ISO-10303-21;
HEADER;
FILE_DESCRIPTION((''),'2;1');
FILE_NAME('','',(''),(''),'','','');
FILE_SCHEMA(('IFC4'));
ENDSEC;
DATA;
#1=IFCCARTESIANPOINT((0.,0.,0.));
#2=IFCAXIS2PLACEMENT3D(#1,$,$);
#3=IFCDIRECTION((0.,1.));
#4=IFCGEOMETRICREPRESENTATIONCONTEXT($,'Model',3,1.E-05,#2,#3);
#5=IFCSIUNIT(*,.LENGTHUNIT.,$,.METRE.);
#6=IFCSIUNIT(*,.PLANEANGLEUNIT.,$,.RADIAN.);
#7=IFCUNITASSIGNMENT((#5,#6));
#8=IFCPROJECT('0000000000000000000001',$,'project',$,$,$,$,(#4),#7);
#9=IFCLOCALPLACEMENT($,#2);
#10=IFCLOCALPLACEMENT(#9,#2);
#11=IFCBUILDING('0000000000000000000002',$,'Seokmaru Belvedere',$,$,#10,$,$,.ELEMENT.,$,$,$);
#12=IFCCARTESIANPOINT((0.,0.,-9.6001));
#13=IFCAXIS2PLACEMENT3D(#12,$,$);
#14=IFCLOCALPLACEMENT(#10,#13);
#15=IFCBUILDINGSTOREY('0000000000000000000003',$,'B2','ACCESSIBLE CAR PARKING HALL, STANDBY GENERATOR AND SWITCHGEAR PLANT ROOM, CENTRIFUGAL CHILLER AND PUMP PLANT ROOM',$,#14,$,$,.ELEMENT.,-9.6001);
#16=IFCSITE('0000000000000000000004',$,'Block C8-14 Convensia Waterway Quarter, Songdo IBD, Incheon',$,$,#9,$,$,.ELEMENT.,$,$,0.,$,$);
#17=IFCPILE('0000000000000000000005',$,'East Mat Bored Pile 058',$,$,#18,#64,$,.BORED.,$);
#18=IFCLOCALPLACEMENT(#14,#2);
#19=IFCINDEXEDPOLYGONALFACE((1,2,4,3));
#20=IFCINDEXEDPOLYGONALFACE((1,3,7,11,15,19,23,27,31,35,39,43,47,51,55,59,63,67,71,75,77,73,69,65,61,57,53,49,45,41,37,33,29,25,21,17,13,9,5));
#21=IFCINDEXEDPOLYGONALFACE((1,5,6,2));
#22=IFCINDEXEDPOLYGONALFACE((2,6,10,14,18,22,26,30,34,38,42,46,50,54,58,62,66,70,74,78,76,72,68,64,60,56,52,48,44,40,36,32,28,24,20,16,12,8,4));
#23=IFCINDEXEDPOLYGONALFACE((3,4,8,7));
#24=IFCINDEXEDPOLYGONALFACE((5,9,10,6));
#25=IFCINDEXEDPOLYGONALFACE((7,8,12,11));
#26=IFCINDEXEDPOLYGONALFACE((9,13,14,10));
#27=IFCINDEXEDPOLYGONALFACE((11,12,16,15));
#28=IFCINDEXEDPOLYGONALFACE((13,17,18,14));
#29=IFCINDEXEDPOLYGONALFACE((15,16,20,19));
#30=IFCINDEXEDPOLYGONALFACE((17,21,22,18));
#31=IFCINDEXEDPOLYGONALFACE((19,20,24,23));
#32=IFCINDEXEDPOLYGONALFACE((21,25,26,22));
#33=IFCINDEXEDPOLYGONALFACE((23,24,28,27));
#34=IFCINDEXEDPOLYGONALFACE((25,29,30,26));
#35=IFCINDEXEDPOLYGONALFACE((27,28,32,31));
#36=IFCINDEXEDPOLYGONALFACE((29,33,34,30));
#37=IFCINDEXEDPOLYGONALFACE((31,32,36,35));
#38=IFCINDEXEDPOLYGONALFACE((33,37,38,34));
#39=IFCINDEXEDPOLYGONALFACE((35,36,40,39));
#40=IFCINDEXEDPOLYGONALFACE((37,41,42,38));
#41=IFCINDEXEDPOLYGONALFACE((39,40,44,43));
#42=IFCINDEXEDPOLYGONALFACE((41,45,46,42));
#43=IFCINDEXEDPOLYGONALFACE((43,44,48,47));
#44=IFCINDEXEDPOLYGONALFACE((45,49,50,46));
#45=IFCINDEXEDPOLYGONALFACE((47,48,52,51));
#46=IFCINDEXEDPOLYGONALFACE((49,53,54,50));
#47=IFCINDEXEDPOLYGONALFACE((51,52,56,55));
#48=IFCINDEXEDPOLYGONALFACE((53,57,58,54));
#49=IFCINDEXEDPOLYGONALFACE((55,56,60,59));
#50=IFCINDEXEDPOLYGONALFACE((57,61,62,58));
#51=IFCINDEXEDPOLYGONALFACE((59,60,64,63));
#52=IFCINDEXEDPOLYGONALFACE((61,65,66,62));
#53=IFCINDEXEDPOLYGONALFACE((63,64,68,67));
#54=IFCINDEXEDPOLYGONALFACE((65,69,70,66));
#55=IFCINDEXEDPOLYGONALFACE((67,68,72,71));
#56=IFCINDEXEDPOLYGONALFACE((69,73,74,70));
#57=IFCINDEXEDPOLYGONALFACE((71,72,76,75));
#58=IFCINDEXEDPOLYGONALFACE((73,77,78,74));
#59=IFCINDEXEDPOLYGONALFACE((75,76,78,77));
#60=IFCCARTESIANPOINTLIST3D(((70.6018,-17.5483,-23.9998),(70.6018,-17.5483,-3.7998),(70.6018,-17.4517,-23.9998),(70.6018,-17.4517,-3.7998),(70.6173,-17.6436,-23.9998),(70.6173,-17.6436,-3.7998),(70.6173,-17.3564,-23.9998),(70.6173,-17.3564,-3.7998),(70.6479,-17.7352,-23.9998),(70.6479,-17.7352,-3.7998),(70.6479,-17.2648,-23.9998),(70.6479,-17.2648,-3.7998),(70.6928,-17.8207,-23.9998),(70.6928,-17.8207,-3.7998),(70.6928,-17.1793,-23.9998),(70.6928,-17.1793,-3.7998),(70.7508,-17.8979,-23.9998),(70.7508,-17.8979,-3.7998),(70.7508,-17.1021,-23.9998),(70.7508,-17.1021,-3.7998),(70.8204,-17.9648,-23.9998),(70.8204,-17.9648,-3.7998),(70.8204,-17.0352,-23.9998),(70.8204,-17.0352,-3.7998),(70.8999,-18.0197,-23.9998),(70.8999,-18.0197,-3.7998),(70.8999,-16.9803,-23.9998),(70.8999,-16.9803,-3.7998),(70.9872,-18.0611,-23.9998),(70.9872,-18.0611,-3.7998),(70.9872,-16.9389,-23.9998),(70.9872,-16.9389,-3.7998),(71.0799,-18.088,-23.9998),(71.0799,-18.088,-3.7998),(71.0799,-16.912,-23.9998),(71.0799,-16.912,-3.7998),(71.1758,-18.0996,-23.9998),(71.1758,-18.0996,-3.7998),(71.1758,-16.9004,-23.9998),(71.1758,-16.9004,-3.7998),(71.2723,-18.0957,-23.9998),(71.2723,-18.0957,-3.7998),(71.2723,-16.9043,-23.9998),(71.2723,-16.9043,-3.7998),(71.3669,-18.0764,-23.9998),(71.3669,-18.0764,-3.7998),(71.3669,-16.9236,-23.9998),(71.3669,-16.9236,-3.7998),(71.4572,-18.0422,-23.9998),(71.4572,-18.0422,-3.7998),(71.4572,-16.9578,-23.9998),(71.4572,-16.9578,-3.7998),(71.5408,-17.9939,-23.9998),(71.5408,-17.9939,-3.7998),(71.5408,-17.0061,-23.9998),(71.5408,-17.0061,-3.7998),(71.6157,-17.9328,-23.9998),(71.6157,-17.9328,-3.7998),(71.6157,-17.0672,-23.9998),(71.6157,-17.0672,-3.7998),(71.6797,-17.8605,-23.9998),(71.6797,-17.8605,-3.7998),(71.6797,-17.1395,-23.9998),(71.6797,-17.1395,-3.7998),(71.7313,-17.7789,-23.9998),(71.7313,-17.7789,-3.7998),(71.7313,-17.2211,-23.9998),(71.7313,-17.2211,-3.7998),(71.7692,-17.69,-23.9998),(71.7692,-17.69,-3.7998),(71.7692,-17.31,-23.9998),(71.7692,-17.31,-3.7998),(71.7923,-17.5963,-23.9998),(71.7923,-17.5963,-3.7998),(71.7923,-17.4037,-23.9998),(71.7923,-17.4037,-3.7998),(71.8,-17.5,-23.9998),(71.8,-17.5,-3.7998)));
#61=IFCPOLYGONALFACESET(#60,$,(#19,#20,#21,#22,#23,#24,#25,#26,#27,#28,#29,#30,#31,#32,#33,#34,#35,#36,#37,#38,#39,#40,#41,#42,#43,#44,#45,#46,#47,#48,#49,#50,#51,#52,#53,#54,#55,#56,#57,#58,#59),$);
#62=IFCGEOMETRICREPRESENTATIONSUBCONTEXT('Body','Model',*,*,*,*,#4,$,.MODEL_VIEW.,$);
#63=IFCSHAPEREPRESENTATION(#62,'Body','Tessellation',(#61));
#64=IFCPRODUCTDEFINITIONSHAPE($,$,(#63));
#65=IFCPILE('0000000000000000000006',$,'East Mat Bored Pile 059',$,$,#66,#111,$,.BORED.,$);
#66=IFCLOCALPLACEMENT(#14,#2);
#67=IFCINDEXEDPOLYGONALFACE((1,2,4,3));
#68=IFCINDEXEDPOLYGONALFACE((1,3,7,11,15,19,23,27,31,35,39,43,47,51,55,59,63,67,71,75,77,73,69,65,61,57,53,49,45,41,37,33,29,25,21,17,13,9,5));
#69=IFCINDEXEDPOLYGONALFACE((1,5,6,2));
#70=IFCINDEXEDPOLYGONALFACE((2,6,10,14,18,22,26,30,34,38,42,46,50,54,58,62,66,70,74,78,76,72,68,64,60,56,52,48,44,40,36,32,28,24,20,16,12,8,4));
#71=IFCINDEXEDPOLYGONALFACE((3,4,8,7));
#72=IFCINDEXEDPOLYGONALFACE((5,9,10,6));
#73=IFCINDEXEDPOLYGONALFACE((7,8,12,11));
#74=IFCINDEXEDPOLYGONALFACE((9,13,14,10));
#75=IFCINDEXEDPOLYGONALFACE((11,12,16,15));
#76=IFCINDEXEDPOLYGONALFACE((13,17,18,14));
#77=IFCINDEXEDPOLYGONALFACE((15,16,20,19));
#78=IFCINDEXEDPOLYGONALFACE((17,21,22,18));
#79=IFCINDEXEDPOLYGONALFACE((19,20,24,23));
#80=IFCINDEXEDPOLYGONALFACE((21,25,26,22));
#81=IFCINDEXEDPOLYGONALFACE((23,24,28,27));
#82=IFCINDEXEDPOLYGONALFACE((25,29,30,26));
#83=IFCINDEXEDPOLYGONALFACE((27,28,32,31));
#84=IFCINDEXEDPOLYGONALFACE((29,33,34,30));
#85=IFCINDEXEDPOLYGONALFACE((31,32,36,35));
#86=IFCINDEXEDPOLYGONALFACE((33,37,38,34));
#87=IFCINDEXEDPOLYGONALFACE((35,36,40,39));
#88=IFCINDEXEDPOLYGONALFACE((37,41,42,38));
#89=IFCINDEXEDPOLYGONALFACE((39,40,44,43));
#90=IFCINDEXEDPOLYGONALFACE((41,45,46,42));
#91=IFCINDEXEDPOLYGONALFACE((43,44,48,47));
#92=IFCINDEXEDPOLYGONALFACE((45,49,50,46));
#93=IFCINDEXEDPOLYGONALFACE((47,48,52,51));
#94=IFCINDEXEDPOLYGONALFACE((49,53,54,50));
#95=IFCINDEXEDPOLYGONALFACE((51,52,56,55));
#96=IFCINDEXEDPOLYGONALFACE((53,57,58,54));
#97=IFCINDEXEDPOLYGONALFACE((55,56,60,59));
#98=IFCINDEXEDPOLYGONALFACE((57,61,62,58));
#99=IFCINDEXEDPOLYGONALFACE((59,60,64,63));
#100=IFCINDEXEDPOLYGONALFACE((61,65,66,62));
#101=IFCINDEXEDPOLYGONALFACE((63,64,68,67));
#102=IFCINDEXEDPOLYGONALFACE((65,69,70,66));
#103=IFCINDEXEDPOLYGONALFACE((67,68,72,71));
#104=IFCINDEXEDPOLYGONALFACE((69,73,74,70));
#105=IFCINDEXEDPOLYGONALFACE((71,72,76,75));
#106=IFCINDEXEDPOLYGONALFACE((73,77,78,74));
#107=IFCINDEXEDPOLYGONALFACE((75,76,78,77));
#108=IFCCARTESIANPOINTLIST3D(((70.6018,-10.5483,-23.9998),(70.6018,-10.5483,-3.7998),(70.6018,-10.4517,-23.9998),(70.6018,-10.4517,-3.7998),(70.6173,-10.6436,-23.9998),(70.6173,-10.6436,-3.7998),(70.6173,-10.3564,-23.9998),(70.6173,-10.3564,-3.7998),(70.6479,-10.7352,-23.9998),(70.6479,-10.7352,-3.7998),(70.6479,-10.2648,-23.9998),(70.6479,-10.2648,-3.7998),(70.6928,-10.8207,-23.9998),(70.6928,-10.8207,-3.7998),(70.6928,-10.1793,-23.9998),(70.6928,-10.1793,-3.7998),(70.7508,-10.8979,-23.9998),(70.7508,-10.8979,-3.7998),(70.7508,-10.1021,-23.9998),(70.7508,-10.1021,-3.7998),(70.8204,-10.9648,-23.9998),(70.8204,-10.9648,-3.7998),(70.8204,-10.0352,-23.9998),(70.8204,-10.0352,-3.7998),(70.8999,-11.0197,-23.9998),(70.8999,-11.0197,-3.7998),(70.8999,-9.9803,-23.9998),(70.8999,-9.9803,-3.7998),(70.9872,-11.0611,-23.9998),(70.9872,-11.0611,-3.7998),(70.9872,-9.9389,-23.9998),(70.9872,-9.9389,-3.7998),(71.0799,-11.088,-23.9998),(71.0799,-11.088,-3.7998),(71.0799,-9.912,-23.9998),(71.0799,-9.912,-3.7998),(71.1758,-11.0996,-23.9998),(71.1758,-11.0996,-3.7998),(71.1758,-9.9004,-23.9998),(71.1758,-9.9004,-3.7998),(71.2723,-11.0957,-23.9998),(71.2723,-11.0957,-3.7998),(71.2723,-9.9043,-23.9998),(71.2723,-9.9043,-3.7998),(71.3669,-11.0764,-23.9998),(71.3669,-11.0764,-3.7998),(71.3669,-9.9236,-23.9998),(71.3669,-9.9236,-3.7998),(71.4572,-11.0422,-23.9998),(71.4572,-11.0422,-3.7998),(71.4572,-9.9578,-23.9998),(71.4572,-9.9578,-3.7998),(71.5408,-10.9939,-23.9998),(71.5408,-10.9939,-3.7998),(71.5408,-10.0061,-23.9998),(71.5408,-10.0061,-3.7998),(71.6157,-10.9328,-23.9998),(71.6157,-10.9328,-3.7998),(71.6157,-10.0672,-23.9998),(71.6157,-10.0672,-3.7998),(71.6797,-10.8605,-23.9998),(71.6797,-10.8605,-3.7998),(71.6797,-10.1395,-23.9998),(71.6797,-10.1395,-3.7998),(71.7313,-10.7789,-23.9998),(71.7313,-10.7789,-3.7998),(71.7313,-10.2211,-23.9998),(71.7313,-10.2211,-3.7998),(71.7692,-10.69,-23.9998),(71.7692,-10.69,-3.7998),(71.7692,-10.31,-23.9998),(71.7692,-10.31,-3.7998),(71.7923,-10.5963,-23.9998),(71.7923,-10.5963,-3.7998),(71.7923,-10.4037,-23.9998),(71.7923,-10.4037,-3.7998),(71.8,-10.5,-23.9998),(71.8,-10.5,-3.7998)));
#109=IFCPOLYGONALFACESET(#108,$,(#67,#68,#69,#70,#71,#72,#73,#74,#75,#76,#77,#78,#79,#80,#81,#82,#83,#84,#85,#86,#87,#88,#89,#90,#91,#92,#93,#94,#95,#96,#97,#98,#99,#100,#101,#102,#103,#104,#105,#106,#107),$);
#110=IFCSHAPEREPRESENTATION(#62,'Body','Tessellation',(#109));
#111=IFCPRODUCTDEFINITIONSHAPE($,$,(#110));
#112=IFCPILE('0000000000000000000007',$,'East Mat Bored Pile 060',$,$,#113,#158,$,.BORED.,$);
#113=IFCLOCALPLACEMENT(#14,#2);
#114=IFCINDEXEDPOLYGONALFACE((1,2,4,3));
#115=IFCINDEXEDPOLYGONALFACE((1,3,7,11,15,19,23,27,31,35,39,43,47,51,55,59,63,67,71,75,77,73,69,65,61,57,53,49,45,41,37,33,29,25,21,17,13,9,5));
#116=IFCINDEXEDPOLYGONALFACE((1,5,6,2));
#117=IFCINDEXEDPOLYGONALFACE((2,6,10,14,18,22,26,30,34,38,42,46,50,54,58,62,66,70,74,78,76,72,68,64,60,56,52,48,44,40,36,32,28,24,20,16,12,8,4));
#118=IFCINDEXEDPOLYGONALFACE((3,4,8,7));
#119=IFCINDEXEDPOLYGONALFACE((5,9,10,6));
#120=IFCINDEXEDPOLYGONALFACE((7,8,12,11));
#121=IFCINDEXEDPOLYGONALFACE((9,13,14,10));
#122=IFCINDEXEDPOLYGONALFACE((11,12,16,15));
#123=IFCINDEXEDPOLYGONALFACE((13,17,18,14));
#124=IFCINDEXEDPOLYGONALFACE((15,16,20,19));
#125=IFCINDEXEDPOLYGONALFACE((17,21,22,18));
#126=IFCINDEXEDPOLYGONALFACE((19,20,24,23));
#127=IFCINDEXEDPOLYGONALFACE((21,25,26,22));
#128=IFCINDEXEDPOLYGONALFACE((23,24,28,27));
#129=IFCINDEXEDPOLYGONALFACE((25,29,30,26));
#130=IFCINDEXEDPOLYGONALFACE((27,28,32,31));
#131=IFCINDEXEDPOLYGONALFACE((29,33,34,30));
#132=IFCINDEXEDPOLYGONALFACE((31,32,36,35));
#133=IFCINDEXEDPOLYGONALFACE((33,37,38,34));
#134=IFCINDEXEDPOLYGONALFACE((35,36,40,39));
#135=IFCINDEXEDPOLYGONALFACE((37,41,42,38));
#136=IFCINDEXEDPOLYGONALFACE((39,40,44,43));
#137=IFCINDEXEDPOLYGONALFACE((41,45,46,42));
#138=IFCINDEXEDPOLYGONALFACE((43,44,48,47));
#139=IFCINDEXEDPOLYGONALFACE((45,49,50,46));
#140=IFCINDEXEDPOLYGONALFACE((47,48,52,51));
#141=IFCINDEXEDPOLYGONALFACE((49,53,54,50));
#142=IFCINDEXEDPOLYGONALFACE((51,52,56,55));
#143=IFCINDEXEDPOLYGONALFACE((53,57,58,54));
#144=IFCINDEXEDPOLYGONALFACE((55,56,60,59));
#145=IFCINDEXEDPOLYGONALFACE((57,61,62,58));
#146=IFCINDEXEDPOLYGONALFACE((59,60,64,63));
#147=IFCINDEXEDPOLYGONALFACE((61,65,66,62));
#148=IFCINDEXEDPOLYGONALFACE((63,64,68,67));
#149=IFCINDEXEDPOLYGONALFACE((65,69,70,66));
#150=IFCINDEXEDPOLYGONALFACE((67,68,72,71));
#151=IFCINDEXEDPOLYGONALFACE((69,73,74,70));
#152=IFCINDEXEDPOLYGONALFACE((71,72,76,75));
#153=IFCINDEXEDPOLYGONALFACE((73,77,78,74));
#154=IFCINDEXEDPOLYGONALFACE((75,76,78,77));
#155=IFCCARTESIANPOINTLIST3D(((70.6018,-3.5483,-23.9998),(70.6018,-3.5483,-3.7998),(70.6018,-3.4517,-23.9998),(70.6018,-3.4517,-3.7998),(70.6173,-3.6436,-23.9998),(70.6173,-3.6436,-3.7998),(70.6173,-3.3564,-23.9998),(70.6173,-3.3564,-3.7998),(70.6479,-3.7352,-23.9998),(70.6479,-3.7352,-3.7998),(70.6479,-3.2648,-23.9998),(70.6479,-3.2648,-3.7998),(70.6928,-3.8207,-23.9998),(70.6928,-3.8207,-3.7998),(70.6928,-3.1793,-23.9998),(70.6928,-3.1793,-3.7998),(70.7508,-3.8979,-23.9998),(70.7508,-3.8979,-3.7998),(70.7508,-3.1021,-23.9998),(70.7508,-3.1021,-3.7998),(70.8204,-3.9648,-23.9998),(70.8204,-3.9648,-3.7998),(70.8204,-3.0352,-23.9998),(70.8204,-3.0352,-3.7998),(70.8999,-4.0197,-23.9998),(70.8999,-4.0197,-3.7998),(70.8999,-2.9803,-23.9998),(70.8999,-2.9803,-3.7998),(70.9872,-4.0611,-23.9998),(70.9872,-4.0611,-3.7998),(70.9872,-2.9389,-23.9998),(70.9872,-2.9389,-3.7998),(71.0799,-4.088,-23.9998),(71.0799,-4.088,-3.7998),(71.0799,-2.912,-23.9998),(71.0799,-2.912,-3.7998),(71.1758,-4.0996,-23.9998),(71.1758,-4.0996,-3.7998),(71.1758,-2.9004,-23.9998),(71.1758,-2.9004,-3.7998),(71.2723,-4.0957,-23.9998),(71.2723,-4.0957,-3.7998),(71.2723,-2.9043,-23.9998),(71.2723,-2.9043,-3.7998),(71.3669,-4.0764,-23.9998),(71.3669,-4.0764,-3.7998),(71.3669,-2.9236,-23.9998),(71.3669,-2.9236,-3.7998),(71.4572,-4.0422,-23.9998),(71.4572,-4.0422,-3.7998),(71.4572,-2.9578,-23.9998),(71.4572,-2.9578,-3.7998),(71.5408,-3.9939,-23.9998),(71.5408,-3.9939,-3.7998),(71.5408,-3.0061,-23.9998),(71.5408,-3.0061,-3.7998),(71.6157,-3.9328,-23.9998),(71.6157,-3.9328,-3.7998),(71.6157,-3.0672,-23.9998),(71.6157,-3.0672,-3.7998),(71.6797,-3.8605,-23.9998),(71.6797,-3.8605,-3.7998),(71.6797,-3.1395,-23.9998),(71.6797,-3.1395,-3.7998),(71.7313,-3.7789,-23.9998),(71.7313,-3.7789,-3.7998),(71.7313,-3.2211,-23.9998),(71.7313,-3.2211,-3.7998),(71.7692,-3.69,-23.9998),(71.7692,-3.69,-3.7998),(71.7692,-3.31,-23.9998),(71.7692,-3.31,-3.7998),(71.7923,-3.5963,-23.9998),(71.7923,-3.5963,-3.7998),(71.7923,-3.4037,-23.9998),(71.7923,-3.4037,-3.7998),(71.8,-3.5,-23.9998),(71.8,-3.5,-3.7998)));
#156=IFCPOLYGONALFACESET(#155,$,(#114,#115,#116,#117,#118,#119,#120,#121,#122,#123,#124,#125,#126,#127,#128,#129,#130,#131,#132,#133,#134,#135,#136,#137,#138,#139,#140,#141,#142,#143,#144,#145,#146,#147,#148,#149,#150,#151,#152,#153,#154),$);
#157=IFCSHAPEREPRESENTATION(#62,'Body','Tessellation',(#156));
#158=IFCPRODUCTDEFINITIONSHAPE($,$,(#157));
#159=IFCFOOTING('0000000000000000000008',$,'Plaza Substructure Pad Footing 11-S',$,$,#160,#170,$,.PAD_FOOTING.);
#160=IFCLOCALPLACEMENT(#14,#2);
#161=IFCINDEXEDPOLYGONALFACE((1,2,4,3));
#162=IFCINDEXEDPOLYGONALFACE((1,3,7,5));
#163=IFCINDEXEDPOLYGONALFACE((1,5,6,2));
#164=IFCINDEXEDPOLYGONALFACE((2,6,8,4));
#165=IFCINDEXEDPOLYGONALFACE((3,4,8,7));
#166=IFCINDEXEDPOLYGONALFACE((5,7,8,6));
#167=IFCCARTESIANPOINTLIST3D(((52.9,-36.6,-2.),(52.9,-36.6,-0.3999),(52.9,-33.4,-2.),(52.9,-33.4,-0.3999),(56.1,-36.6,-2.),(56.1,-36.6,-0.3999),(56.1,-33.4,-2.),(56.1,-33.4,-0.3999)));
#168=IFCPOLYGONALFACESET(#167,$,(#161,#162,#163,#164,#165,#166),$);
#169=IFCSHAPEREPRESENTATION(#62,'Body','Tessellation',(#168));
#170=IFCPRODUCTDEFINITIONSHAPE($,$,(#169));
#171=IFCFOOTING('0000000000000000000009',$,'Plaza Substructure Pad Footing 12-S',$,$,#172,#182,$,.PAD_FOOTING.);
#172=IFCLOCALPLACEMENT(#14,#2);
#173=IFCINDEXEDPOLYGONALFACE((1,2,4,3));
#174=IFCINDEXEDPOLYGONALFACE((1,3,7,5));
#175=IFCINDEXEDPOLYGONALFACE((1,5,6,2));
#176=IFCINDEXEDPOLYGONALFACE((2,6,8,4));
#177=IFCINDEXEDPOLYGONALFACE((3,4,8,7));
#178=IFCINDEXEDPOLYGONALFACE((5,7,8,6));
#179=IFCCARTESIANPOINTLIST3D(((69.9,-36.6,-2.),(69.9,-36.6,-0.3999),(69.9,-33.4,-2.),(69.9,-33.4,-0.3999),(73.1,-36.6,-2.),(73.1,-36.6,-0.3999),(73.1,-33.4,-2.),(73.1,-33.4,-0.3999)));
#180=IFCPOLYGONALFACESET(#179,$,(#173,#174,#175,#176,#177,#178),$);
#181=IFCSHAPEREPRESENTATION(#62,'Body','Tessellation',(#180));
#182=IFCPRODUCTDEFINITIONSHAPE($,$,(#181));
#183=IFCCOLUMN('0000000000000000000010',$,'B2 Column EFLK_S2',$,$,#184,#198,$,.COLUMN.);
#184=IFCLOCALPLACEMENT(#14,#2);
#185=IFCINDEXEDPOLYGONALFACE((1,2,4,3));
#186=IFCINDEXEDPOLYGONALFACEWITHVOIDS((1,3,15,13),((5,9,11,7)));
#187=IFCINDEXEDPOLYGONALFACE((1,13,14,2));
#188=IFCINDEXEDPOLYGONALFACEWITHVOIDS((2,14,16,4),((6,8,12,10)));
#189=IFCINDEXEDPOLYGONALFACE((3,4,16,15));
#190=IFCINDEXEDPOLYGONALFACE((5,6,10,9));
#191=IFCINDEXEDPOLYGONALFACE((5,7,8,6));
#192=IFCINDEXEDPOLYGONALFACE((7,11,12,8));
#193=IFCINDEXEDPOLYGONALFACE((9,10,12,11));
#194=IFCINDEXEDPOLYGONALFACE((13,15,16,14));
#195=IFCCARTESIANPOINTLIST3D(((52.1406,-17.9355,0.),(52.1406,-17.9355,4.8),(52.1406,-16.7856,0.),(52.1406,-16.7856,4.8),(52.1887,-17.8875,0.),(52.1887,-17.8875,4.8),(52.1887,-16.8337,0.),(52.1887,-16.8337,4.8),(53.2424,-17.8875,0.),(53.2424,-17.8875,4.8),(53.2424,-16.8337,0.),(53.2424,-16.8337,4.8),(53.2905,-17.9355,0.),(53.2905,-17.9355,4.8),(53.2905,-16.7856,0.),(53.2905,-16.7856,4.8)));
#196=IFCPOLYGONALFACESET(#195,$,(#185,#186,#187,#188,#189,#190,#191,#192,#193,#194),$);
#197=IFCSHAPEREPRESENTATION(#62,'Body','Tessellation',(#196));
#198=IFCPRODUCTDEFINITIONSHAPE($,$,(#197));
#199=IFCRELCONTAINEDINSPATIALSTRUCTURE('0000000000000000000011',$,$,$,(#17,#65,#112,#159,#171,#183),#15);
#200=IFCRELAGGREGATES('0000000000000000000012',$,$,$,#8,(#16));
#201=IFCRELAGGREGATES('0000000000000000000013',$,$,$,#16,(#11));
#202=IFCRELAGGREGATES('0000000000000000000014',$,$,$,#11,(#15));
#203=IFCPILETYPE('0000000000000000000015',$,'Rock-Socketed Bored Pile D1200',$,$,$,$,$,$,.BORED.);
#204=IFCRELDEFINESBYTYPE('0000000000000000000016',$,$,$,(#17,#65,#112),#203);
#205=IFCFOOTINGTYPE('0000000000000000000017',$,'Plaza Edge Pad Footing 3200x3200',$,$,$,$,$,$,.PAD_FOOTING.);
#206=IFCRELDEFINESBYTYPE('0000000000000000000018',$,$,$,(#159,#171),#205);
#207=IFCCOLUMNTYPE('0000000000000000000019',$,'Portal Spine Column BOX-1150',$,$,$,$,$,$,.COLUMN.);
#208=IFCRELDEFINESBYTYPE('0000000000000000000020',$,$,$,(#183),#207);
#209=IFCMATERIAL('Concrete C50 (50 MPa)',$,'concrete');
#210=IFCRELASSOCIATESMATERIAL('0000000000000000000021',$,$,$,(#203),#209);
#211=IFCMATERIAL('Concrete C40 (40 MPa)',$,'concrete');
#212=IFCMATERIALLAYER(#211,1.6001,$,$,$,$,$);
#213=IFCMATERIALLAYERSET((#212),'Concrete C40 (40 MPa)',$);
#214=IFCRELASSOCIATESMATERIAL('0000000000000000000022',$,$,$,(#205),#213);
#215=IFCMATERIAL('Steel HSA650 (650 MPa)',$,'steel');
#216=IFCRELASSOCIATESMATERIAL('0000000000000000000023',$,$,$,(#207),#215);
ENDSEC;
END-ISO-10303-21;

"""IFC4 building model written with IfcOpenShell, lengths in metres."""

from ifc_helpers import new_model, si_unit, direction, frame, origin, origin_2d, place, context, subcontext, project, spatial, rectangle, hollow_rectangle, circle, extrude, source, transform, mapped, material, layer, layer_set, material_profile, profile_set, type_object, type_shapes, element, save


model = new_model("IFC4")

# Units and contexts
model_context = context("Model", 3, precision=1e-05, world=origin(), true_north=direction((0.0, 1.0)))
body_context = subcontext(model_context, "Body", "Model", "MODEL_VIEW")
ifc_project = project(units=[si_unit("LENGTHUNIT", "METRE"), si_unit("PLANEANGLEUNIT", "RADIAN")], contexts=[model_context])

# Site, building, storey
site_placement = place(None, origin())
site = spatial("IfcSite", under=ifc_project, at=site_placement, Name="Block C8-14 Convensia Waterway Quarter, Songdo IBD, Incheon", CompositionType="ELEMENT", RefElevation=0.0)
building_placement = place(site_placement, origin())
building = spatial("IfcBuilding", under=site, at=building_placement, Name="Seokmaru Belvedere", CompositionType="ELEMENT")
storey_placement = place(building_placement, frame((0.0, 0.0, -9.6001)))
storey = spatial("IfcBuildingStorey", under=building, at=storey_placement, Name="B2", Description="ACCESSIBLE CAR PARKING HALL, STANDBY GENERATOR AND SWITCHGEAR PLANT ROOM, CENTRIFUGAL CHILLER AND PUMP PLANT ROOM", CompositionType="ELEMENT", Elevation=-9.6001)

# Shared definitions
ifc_material_1 = material(Name="Concrete C50 (50 MPa)", Category="concrete")

# Piles
ifc_material_profile_1 = material_profile(ifc_material_1, circle(Radius=0.6001, at=origin_2d()), Name="PILE-D1200")
ifc_profile_set_1 = profile_set([ifc_material_profile_1], Name="Concrete C50 (50 MPa)")
pile_type_1 = type_object("IfcPileType", Name="Rock-Socketed Bored Pile D1200", PredefinedType="BORED", material=ifc_profile_set_1)
shared_shape_1 = source(origin(), body_context, "Body", "SweptSolid", [
    extrude(circle(Radius=0.6001, at=origin_2d()), origin(), (0.0, 0.0, 1.0), 20.2),
])
type_shapes(pile_type_1, [shared_shape_1])
for number, where, z_axis, x_axis, name in (
    (1, (71.2, -17.5, -3.7998), (0.0, 0.0, -1.0), (1.0, 0.0, 0.0), "East Mat Bored Pile 058"),
    (2, (71.2, -10.5, -3.7998), (0.0, 0.0, -1.0), (1.0, 0.0, 0.0), "East Mat Bored Pile 059"),
    (3, (71.2, -3.5, -3.7998), (0.0, 0.0, -1.0), (1.0, 0.0, 0.0), "East Mat Bored Pile 060"),
):
    element("IfcPile", number, at=place(storey_placement, frame(where, z_axis=z_axis, x_axis=x_axis)), inside=storey, type_object=pile_type_1, Name=name, PredefinedType="BORED", context=body_context, shape_type="MappedRepresentation", body=[
        mapped(shared_shape_1, transform((0.0, 0.0, 0.0), scale=1.0)),
    ])

# Footings
ifc_material_2 = material(Name="Concrete C40 (40 MPa)", Category="concrete")
ifc_layer_1 = layer(ifc_material_2, 1.6001)
ifc_layer_set_1 = layer_set([ifc_layer_1], Name="Concrete C40 (40 MPa)")
footing_type_1 = type_object("IfcFootingType", Name="Plaza Edge Pad Footing 3200x3200", PredefinedType="PAD_FOOTING", material=ifc_layer_set_1)
shared_shape_2 = source(origin(), body_context, "Body", "SweptSolid", [
    extrude(rectangle(XDim=3.2, YDim=3.2, at=origin_2d()), origin(), (0.0, 0.0, 1.0), 1.6001),
])
type_shapes(footing_type_1, [shared_shape_2])
for number, where, z_axis, x_axis, name in (
    (4, (54.5, -35.0, -2.0), (0.0, 0.0, 1.0), (1.0, 0.0, 0.0), "Plaza Substructure Pad Footing 11-S"),
    (5, (71.5, -35.0, -2.0), (0.0, 0.0, 1.0), (1.0, 0.0, 0.0), "Plaza Substructure Pad Footing 12-S"),
):
    element("IfcFooting", number, at=place(storey_placement, frame(where, z_axis=z_axis, x_axis=x_axis)), inside=storey, type_object=footing_type_1, Name=name, PredefinedType="PAD_FOOTING", context=body_context, shape_type="MappedRepresentation", body=[
        mapped(shared_shape_2, transform((0.0, 0.0, 0.0), scale=1.0)),
    ])

# Column
ifc_material_3 = material(Name="Steel HSA650 (650 MPa)", Category="steel")
ifc_material_profile_2 = material_profile(ifc_material_3, hollow_rectangle(XDim=1.1499, YDim=1.1499, WallThickness=0.0481, at=origin_2d()), Name="BOX-1150x1150x48")
ifc_profile_set_2 = profile_set([ifc_material_profile_2], Name="Steel HSA650 (650 MPa)")
column_type_1 = type_object("IfcColumnType", Name="Portal Spine Column BOX-1150", PredefinedType="COLUMN", material=ifc_profile_set_2)
shared_shape_3 = source(origin(), body_context, "Body", "SweptSolid", [
    extrude(hollow_rectangle(XDim=1.1499, YDim=1.1499, WallThickness=0.0481, at=origin_2d()), origin(), (0.0, 0.0, 1.0), 4.8),
])
type_shapes(column_type_1, [shared_shape_3])
column_1_placement = place(storey_placement, frame((52.7156, -17.3606, 0.0), z_axis=(0.0, 0.0, 1.0), x_axis=(1.0, 0.0, 0.0)))
element("IfcColumn", 6, at=column_1_placement, inside=storey, type_object=column_type_1, Name="B2 Column EFLK_S2", PredefinedType="COLUMN", context=body_context, shape_type="MappedRepresentation", body=[
    mapped(shared_shape_3, transform((0.0, 0.0, 0.0), scale=1.0)),
])

save(model, "model.ifc")
